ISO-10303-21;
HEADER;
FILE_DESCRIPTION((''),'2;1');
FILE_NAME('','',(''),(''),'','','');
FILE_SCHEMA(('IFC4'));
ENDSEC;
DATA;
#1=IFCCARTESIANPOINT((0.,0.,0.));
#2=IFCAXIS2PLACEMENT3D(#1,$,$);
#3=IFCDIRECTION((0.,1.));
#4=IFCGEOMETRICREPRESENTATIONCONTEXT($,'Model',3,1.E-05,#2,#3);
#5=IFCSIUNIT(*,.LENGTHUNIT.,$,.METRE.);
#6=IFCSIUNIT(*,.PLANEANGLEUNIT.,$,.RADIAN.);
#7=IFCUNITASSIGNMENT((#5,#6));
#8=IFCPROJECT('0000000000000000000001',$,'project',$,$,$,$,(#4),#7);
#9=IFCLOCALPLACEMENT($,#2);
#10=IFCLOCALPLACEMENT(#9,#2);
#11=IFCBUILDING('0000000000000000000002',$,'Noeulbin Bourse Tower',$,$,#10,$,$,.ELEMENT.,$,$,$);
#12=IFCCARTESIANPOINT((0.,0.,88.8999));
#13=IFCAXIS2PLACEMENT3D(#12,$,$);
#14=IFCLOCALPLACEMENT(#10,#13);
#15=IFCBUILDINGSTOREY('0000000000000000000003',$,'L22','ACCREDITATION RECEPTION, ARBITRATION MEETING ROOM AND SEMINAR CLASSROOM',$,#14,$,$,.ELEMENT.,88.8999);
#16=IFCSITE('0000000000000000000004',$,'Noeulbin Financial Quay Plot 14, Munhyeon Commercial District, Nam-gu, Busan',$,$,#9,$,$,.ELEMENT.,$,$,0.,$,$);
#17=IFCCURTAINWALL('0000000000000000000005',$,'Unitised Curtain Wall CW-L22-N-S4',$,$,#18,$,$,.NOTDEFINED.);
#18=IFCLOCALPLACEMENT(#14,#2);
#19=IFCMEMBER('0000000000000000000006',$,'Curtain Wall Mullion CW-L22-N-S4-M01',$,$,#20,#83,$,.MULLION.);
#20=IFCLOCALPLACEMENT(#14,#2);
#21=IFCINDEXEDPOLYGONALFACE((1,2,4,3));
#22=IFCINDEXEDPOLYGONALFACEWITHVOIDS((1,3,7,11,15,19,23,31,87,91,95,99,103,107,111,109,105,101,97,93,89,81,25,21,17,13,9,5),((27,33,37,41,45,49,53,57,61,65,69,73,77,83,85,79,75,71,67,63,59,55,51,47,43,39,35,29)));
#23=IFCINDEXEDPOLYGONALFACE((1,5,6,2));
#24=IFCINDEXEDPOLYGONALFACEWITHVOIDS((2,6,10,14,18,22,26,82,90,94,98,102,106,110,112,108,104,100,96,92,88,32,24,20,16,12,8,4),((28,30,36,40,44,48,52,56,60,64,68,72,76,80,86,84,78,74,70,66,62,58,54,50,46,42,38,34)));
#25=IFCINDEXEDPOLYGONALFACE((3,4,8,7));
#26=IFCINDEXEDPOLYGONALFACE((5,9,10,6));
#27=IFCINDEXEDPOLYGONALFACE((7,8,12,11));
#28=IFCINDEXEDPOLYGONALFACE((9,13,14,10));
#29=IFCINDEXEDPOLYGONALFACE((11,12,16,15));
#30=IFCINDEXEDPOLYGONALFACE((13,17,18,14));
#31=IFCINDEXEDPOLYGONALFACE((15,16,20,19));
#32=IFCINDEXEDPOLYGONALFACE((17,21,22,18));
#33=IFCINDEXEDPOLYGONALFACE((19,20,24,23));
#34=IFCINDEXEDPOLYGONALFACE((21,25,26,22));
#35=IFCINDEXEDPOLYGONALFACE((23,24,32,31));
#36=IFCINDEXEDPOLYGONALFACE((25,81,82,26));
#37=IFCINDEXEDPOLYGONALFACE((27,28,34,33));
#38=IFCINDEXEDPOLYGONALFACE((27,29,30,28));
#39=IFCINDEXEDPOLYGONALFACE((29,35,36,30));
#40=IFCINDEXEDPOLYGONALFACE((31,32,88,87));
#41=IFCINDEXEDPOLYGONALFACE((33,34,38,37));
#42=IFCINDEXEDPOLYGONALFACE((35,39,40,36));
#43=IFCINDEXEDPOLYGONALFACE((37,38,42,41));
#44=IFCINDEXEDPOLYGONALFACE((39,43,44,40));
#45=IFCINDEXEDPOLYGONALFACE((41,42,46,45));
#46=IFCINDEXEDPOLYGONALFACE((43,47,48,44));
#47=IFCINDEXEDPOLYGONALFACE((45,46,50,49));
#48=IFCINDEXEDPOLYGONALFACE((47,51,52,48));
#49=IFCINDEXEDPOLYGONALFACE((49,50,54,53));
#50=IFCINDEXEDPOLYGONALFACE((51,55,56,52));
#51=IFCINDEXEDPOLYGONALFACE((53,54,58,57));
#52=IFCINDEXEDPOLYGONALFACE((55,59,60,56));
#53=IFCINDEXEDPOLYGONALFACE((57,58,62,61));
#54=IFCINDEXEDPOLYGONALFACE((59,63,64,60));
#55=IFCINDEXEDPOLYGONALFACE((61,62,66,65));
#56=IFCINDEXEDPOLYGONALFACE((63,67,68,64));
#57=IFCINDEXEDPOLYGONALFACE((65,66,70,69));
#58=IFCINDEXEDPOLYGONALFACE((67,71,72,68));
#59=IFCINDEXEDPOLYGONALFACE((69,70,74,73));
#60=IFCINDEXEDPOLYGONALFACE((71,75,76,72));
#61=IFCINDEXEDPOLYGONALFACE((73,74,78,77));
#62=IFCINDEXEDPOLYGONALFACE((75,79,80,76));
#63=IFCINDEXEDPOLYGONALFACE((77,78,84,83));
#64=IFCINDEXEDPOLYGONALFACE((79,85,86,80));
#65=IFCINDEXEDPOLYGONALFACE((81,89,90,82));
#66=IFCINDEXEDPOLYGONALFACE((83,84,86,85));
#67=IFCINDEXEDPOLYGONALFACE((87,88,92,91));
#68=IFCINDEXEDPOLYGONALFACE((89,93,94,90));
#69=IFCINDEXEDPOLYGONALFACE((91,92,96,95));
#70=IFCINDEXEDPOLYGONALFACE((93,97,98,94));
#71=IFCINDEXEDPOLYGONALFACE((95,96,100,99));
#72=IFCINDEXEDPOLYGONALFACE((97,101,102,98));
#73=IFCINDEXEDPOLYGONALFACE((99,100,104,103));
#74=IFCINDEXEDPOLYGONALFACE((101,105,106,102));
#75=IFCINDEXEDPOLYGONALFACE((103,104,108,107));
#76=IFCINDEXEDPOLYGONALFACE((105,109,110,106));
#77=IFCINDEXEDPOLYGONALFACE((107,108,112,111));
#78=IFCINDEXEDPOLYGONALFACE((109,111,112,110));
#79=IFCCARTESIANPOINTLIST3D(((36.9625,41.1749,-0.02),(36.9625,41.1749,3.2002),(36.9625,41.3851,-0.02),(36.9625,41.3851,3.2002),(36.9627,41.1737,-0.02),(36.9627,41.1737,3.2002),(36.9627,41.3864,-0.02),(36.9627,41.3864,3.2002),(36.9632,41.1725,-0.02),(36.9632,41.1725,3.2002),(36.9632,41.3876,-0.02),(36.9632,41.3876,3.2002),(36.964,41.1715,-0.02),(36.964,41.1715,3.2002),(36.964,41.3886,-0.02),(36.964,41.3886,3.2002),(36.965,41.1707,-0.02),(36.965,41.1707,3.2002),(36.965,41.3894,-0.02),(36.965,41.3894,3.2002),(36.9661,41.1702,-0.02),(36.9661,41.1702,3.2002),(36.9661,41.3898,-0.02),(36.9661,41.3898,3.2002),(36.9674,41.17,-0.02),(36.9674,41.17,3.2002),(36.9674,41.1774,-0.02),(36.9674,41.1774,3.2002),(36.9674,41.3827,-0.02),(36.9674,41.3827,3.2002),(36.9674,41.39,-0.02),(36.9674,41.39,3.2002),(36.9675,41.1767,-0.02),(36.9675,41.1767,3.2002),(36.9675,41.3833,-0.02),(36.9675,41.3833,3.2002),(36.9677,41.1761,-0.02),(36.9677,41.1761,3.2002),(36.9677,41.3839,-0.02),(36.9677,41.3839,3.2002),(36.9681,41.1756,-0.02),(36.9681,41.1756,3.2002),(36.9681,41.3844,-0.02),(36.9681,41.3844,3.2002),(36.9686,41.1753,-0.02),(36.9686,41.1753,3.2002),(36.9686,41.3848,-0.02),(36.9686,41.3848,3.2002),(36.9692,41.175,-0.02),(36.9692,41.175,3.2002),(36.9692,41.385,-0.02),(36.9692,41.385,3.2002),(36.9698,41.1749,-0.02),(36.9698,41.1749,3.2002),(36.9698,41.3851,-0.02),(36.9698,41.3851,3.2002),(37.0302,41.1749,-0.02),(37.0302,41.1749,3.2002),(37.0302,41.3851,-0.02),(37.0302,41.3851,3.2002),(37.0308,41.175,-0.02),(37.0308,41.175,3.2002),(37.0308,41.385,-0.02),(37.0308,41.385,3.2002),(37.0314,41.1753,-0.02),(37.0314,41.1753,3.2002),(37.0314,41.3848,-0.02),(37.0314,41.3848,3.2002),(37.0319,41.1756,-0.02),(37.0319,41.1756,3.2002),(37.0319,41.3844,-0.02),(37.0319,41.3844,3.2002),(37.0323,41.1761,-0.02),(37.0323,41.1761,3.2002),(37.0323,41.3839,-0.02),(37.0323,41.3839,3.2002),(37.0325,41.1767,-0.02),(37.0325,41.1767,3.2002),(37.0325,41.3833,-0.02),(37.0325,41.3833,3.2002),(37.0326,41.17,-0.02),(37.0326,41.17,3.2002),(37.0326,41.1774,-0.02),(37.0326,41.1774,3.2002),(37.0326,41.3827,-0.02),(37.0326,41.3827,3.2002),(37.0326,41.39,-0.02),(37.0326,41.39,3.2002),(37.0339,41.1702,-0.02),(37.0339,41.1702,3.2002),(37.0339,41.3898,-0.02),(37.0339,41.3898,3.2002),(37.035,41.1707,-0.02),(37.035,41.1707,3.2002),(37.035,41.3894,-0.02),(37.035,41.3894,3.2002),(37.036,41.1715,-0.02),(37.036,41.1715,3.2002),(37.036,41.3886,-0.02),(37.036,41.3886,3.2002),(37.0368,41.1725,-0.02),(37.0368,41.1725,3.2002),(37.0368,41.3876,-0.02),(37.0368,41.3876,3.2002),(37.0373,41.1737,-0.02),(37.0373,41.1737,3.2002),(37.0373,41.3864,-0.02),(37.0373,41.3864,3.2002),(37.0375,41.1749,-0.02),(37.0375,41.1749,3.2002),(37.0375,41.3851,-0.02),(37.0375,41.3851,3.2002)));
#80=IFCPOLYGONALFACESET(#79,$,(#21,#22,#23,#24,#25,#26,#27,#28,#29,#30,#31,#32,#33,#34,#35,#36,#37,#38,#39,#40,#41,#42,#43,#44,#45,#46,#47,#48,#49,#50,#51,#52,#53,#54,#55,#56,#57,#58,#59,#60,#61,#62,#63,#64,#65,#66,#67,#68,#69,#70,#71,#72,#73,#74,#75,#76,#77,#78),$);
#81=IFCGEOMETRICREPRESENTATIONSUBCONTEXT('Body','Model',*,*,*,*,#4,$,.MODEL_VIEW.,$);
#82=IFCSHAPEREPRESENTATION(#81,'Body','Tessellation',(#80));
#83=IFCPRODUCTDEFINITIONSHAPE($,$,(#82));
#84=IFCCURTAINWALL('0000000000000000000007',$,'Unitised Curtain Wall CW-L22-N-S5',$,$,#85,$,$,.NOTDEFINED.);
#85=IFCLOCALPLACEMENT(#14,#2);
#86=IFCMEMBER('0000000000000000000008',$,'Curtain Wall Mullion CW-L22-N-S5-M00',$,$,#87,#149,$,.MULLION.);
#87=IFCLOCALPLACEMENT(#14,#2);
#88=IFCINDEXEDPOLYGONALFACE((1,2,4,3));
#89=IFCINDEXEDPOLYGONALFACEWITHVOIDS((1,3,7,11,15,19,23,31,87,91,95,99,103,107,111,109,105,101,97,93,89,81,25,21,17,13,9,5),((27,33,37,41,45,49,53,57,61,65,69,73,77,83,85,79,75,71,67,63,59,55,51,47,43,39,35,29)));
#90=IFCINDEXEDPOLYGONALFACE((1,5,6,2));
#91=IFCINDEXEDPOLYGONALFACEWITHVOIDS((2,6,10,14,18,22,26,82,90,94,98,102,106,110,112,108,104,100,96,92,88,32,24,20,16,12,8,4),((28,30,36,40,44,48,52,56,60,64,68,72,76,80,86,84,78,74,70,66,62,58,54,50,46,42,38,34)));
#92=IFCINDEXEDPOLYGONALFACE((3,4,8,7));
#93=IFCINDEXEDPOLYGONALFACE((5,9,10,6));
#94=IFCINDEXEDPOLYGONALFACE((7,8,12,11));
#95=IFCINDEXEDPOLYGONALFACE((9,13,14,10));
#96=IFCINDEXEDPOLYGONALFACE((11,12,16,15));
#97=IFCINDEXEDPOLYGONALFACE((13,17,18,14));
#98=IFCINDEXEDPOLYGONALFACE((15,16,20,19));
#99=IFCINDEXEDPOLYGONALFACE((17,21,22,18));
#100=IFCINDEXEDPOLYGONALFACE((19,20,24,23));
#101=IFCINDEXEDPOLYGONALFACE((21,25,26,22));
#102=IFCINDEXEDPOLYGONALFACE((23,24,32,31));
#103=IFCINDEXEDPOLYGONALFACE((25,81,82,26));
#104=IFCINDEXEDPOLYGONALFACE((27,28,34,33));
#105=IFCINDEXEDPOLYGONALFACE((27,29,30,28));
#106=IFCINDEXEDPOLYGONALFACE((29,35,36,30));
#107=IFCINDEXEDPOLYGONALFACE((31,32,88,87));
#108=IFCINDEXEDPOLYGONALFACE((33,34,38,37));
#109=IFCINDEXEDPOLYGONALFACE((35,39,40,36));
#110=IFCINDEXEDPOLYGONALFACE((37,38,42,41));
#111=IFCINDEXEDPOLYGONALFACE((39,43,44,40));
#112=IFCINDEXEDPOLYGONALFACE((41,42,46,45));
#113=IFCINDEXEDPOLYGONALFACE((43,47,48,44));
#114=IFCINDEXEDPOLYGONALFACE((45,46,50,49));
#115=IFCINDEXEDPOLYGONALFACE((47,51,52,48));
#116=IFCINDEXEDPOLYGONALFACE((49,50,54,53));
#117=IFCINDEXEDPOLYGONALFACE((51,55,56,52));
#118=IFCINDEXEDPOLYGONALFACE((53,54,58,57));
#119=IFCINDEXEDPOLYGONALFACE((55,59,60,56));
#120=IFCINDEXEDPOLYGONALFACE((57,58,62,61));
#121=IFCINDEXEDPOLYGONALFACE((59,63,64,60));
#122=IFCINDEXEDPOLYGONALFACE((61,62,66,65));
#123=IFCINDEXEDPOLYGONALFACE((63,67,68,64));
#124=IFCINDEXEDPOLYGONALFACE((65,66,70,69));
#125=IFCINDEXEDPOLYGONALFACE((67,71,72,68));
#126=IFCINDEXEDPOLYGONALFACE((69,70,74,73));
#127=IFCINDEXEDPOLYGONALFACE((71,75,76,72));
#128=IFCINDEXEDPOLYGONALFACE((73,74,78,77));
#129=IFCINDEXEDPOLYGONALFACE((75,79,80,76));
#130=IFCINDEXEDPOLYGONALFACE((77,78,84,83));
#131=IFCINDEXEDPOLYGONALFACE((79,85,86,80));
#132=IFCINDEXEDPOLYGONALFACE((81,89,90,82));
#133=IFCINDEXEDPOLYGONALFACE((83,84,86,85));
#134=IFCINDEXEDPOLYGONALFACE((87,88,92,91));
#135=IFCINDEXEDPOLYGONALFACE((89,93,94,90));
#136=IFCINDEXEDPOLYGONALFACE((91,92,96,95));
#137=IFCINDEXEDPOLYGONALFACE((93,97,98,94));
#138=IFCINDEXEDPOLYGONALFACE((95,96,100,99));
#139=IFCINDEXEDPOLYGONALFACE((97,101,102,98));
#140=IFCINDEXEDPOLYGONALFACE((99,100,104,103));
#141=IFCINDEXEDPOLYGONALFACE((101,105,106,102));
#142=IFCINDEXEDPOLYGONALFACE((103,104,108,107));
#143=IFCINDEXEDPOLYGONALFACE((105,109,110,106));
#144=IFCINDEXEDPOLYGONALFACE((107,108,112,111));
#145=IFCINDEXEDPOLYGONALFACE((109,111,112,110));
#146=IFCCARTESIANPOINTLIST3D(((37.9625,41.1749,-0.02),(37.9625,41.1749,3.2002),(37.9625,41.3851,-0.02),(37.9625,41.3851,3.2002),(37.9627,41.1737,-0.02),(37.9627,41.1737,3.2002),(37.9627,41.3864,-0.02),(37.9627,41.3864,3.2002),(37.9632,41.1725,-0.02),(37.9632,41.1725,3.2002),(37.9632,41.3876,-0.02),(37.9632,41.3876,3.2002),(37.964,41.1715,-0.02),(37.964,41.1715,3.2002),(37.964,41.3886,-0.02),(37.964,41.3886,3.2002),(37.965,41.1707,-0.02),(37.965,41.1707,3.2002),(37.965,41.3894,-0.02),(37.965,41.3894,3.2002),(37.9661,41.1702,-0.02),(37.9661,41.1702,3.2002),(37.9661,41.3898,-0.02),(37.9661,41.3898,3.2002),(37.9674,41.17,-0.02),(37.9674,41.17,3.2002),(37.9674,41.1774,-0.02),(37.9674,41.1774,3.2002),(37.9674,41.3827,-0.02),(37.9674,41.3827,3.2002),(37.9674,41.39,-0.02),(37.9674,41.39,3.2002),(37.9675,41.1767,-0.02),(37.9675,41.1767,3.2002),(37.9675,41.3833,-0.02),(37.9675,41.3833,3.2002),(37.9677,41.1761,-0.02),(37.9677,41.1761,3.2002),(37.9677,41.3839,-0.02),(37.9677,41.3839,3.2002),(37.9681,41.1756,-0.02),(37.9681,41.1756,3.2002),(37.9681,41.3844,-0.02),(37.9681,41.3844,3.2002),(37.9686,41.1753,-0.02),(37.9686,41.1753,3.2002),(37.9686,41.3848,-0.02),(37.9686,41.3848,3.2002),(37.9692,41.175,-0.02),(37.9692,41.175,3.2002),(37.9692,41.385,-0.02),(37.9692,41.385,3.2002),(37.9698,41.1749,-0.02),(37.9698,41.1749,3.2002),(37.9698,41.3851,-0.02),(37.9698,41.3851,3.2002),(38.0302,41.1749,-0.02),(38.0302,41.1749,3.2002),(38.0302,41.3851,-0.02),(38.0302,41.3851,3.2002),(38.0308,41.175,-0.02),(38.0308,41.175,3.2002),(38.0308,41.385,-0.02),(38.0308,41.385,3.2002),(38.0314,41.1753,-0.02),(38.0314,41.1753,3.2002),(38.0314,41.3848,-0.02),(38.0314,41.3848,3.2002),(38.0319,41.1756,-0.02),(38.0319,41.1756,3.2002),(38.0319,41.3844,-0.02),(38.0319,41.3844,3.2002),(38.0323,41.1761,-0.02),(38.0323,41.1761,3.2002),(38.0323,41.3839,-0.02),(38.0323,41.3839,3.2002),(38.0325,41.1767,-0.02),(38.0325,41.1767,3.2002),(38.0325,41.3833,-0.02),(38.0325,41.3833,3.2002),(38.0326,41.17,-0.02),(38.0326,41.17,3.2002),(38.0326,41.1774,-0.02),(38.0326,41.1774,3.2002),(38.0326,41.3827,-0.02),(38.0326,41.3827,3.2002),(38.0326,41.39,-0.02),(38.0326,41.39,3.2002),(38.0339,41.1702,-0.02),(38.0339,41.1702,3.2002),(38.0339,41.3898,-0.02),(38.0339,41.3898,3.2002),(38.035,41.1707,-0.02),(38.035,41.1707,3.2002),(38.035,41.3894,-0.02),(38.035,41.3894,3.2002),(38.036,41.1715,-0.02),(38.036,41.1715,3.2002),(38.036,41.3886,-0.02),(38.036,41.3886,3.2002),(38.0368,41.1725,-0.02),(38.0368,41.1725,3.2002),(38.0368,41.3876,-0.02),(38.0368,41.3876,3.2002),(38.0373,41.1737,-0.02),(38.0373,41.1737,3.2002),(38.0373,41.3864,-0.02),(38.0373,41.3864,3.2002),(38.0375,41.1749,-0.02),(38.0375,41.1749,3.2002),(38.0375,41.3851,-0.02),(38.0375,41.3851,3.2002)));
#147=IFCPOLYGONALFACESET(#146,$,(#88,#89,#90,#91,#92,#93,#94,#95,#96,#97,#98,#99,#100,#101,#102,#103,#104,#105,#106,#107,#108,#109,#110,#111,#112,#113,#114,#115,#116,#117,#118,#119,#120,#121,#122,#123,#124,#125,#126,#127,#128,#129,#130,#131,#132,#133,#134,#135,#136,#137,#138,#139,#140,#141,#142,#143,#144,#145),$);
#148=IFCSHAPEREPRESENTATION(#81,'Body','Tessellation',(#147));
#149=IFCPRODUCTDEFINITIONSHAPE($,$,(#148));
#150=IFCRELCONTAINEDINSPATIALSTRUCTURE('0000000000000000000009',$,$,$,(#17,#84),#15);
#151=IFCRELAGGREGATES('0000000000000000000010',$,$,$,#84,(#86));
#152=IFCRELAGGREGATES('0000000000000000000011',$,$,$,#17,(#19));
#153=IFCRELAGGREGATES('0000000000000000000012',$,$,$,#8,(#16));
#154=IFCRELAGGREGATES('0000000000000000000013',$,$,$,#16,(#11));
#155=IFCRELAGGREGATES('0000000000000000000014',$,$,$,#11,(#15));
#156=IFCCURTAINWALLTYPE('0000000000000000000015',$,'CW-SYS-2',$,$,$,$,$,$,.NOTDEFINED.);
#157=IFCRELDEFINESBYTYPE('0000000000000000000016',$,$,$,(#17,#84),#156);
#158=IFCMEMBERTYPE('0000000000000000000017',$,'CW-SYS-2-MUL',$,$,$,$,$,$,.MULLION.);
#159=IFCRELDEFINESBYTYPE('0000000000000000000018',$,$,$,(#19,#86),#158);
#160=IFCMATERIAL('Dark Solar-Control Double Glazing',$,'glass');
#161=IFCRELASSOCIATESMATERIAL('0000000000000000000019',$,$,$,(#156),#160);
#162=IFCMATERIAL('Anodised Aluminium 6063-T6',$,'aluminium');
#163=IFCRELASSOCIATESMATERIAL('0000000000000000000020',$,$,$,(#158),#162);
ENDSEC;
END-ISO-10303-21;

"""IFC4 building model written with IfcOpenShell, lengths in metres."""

from ifc_helpers import new_model, si_unit, direction, frame, origin, origin_2d, place, context, subcontext, project, spatial, hollow_rectangle, extrude, material, material_profile, profile_set, type_object, element, aggregate, save


model = new_model("IFC4")

# Units and contexts
model_context = context("Model", 3, precision=1e-05, world=origin(), true_north=direction((0.0, 1.0)))
body_context = subcontext(model_context, "Body", "Model", "MODEL_VIEW")
ifc_project = project(units=[si_unit("LENGTHUNIT", "METRE"), si_unit("PLANEANGLEUNIT", "RADIAN")], contexts=[model_context])

# Site, building, storey
site_placement = place(None, origin())
site = spatial("IfcSite", under=ifc_project, at=site_placement, Name="Noeulbin Financial Quay Plot 14, Munhyeon Commercial District, Nam-gu, Busan", CompositionType="ELEMENT", RefElevation=0.0)
building_placement = place(site_placement, origin())
building = spatial("IfcBuilding", under=site, at=building_placement, Name="Noeulbin Bourse Tower", CompositionType="ELEMENT")
storey_placement = place(building_placement, frame((0.0, 0.0, 88.8999)))
storey = spatial("IfcBuildingStorey", under=building, at=storey_placement, Name="L22", Description="ACCREDITATION RECEPTION, ARBITRATION MEETING ROOM AND SEMINAR CLASSROOM", CompositionType="ELEMENT", Elevation=88.8999)

# Shared definitions
ifc_material_1 = material(Name="Dark Solar-Control Double Glazing", Category="glass")
curtain_wall_type = type_object("IfcCurtainWallType", Name="CW-SYS-2", PredefinedType="NOTDEFINED", material=ifc_material_1)
ifc_material_2 = material(Name="Anodised Aluminium 6063-T6", Category="aluminium")
ifc_material_profile_1 = material_profile(ifc_material_2, hollow_rectangle(XDim=0.075, YDim=0.22, WallThickness=0.0049, InnerFilletRadius=0.0024, OuterFilletRadius=0.0049, at=origin_2d()), Name="ALU-MULL-75x220x5", Category="LoadBearing")
ifc_profile_set_1 = profile_set([ifc_material_profile_1], Name="Anodised Aluminium 6063-T6")
member_type_1 = type_object("IfcMemberType", Name="CW-SYS-2-MUL", PredefinedType="MULLION", material=ifc_profile_set_1)

# Curtain wall, member
curtain_wall_1_placement = place(storey_placement, origin())
curtain_wall_1 = element("IfcCurtainWall", 1, at=curtain_wall_1_placement, inside=storey, type_object=curtain_wall_type, Name="Unitised Curtain Wall CW-L22-N-S4", PredefinedType="NOTDEFINED")
member_1_placement = place(storey_placement, frame((37.0, 41.28, -0.02), z_axis=(0.0, 0.0, 1.0), x_axis=(1.0, 0.0, 0.0)))
member_1 = element("IfcMember", 2, at=member_1_placement, type_object=member_type_1, Name="Curtain Wall Mullion CW-L22-N-S4-M01", PredefinedType="MULLION", context=body_context, shape_type="SweptSolid", body=[
    extrude(hollow_rectangle(XDim=0.075, YDim=0.22, WallThickness=0.0049, InnerFilletRadius=0.0024, OuterFilletRadius=0.0049, at=origin_2d()), origin(), (0.0, 0.0, 1.0), 3.2202),
])

# Curtain wall, member
curtain_wall_2_placement = place(storey_placement, origin())
curtain_wall_2 = element("IfcCurtainWall", 3, at=curtain_wall_2_placement, inside=storey, type_object=curtain_wall_type, Name="Unitised Curtain Wall CW-L22-N-S5", PredefinedType="NOTDEFINED")
member_2_placement = place(storey_placement, frame((38.0, 41.28, -0.02), z_axis=(0.0, 0.0, 1.0), x_axis=(1.0, 0.0, 0.0)))
member_2 = element("IfcMember", 4, at=member_2_placement, type_object=member_type_1, Name="Curtain Wall Mullion CW-L22-N-S5-M00", PredefinedType="MULLION", context=body_context, shape_type="SweptSolid", body=[
    extrude(hollow_rectangle(XDim=0.075, YDim=0.22, WallThickness=0.0049, InnerFilletRadius=0.0024, OuterFilletRadius=0.0049, at=origin_2d()), origin(), (0.0, 0.0, 1.0), 3.2202),
])

aggregate(curtain_wall_2, [member_2])

aggregate(curtain_wall_1, [member_1])

save(model, "model.ifc")
